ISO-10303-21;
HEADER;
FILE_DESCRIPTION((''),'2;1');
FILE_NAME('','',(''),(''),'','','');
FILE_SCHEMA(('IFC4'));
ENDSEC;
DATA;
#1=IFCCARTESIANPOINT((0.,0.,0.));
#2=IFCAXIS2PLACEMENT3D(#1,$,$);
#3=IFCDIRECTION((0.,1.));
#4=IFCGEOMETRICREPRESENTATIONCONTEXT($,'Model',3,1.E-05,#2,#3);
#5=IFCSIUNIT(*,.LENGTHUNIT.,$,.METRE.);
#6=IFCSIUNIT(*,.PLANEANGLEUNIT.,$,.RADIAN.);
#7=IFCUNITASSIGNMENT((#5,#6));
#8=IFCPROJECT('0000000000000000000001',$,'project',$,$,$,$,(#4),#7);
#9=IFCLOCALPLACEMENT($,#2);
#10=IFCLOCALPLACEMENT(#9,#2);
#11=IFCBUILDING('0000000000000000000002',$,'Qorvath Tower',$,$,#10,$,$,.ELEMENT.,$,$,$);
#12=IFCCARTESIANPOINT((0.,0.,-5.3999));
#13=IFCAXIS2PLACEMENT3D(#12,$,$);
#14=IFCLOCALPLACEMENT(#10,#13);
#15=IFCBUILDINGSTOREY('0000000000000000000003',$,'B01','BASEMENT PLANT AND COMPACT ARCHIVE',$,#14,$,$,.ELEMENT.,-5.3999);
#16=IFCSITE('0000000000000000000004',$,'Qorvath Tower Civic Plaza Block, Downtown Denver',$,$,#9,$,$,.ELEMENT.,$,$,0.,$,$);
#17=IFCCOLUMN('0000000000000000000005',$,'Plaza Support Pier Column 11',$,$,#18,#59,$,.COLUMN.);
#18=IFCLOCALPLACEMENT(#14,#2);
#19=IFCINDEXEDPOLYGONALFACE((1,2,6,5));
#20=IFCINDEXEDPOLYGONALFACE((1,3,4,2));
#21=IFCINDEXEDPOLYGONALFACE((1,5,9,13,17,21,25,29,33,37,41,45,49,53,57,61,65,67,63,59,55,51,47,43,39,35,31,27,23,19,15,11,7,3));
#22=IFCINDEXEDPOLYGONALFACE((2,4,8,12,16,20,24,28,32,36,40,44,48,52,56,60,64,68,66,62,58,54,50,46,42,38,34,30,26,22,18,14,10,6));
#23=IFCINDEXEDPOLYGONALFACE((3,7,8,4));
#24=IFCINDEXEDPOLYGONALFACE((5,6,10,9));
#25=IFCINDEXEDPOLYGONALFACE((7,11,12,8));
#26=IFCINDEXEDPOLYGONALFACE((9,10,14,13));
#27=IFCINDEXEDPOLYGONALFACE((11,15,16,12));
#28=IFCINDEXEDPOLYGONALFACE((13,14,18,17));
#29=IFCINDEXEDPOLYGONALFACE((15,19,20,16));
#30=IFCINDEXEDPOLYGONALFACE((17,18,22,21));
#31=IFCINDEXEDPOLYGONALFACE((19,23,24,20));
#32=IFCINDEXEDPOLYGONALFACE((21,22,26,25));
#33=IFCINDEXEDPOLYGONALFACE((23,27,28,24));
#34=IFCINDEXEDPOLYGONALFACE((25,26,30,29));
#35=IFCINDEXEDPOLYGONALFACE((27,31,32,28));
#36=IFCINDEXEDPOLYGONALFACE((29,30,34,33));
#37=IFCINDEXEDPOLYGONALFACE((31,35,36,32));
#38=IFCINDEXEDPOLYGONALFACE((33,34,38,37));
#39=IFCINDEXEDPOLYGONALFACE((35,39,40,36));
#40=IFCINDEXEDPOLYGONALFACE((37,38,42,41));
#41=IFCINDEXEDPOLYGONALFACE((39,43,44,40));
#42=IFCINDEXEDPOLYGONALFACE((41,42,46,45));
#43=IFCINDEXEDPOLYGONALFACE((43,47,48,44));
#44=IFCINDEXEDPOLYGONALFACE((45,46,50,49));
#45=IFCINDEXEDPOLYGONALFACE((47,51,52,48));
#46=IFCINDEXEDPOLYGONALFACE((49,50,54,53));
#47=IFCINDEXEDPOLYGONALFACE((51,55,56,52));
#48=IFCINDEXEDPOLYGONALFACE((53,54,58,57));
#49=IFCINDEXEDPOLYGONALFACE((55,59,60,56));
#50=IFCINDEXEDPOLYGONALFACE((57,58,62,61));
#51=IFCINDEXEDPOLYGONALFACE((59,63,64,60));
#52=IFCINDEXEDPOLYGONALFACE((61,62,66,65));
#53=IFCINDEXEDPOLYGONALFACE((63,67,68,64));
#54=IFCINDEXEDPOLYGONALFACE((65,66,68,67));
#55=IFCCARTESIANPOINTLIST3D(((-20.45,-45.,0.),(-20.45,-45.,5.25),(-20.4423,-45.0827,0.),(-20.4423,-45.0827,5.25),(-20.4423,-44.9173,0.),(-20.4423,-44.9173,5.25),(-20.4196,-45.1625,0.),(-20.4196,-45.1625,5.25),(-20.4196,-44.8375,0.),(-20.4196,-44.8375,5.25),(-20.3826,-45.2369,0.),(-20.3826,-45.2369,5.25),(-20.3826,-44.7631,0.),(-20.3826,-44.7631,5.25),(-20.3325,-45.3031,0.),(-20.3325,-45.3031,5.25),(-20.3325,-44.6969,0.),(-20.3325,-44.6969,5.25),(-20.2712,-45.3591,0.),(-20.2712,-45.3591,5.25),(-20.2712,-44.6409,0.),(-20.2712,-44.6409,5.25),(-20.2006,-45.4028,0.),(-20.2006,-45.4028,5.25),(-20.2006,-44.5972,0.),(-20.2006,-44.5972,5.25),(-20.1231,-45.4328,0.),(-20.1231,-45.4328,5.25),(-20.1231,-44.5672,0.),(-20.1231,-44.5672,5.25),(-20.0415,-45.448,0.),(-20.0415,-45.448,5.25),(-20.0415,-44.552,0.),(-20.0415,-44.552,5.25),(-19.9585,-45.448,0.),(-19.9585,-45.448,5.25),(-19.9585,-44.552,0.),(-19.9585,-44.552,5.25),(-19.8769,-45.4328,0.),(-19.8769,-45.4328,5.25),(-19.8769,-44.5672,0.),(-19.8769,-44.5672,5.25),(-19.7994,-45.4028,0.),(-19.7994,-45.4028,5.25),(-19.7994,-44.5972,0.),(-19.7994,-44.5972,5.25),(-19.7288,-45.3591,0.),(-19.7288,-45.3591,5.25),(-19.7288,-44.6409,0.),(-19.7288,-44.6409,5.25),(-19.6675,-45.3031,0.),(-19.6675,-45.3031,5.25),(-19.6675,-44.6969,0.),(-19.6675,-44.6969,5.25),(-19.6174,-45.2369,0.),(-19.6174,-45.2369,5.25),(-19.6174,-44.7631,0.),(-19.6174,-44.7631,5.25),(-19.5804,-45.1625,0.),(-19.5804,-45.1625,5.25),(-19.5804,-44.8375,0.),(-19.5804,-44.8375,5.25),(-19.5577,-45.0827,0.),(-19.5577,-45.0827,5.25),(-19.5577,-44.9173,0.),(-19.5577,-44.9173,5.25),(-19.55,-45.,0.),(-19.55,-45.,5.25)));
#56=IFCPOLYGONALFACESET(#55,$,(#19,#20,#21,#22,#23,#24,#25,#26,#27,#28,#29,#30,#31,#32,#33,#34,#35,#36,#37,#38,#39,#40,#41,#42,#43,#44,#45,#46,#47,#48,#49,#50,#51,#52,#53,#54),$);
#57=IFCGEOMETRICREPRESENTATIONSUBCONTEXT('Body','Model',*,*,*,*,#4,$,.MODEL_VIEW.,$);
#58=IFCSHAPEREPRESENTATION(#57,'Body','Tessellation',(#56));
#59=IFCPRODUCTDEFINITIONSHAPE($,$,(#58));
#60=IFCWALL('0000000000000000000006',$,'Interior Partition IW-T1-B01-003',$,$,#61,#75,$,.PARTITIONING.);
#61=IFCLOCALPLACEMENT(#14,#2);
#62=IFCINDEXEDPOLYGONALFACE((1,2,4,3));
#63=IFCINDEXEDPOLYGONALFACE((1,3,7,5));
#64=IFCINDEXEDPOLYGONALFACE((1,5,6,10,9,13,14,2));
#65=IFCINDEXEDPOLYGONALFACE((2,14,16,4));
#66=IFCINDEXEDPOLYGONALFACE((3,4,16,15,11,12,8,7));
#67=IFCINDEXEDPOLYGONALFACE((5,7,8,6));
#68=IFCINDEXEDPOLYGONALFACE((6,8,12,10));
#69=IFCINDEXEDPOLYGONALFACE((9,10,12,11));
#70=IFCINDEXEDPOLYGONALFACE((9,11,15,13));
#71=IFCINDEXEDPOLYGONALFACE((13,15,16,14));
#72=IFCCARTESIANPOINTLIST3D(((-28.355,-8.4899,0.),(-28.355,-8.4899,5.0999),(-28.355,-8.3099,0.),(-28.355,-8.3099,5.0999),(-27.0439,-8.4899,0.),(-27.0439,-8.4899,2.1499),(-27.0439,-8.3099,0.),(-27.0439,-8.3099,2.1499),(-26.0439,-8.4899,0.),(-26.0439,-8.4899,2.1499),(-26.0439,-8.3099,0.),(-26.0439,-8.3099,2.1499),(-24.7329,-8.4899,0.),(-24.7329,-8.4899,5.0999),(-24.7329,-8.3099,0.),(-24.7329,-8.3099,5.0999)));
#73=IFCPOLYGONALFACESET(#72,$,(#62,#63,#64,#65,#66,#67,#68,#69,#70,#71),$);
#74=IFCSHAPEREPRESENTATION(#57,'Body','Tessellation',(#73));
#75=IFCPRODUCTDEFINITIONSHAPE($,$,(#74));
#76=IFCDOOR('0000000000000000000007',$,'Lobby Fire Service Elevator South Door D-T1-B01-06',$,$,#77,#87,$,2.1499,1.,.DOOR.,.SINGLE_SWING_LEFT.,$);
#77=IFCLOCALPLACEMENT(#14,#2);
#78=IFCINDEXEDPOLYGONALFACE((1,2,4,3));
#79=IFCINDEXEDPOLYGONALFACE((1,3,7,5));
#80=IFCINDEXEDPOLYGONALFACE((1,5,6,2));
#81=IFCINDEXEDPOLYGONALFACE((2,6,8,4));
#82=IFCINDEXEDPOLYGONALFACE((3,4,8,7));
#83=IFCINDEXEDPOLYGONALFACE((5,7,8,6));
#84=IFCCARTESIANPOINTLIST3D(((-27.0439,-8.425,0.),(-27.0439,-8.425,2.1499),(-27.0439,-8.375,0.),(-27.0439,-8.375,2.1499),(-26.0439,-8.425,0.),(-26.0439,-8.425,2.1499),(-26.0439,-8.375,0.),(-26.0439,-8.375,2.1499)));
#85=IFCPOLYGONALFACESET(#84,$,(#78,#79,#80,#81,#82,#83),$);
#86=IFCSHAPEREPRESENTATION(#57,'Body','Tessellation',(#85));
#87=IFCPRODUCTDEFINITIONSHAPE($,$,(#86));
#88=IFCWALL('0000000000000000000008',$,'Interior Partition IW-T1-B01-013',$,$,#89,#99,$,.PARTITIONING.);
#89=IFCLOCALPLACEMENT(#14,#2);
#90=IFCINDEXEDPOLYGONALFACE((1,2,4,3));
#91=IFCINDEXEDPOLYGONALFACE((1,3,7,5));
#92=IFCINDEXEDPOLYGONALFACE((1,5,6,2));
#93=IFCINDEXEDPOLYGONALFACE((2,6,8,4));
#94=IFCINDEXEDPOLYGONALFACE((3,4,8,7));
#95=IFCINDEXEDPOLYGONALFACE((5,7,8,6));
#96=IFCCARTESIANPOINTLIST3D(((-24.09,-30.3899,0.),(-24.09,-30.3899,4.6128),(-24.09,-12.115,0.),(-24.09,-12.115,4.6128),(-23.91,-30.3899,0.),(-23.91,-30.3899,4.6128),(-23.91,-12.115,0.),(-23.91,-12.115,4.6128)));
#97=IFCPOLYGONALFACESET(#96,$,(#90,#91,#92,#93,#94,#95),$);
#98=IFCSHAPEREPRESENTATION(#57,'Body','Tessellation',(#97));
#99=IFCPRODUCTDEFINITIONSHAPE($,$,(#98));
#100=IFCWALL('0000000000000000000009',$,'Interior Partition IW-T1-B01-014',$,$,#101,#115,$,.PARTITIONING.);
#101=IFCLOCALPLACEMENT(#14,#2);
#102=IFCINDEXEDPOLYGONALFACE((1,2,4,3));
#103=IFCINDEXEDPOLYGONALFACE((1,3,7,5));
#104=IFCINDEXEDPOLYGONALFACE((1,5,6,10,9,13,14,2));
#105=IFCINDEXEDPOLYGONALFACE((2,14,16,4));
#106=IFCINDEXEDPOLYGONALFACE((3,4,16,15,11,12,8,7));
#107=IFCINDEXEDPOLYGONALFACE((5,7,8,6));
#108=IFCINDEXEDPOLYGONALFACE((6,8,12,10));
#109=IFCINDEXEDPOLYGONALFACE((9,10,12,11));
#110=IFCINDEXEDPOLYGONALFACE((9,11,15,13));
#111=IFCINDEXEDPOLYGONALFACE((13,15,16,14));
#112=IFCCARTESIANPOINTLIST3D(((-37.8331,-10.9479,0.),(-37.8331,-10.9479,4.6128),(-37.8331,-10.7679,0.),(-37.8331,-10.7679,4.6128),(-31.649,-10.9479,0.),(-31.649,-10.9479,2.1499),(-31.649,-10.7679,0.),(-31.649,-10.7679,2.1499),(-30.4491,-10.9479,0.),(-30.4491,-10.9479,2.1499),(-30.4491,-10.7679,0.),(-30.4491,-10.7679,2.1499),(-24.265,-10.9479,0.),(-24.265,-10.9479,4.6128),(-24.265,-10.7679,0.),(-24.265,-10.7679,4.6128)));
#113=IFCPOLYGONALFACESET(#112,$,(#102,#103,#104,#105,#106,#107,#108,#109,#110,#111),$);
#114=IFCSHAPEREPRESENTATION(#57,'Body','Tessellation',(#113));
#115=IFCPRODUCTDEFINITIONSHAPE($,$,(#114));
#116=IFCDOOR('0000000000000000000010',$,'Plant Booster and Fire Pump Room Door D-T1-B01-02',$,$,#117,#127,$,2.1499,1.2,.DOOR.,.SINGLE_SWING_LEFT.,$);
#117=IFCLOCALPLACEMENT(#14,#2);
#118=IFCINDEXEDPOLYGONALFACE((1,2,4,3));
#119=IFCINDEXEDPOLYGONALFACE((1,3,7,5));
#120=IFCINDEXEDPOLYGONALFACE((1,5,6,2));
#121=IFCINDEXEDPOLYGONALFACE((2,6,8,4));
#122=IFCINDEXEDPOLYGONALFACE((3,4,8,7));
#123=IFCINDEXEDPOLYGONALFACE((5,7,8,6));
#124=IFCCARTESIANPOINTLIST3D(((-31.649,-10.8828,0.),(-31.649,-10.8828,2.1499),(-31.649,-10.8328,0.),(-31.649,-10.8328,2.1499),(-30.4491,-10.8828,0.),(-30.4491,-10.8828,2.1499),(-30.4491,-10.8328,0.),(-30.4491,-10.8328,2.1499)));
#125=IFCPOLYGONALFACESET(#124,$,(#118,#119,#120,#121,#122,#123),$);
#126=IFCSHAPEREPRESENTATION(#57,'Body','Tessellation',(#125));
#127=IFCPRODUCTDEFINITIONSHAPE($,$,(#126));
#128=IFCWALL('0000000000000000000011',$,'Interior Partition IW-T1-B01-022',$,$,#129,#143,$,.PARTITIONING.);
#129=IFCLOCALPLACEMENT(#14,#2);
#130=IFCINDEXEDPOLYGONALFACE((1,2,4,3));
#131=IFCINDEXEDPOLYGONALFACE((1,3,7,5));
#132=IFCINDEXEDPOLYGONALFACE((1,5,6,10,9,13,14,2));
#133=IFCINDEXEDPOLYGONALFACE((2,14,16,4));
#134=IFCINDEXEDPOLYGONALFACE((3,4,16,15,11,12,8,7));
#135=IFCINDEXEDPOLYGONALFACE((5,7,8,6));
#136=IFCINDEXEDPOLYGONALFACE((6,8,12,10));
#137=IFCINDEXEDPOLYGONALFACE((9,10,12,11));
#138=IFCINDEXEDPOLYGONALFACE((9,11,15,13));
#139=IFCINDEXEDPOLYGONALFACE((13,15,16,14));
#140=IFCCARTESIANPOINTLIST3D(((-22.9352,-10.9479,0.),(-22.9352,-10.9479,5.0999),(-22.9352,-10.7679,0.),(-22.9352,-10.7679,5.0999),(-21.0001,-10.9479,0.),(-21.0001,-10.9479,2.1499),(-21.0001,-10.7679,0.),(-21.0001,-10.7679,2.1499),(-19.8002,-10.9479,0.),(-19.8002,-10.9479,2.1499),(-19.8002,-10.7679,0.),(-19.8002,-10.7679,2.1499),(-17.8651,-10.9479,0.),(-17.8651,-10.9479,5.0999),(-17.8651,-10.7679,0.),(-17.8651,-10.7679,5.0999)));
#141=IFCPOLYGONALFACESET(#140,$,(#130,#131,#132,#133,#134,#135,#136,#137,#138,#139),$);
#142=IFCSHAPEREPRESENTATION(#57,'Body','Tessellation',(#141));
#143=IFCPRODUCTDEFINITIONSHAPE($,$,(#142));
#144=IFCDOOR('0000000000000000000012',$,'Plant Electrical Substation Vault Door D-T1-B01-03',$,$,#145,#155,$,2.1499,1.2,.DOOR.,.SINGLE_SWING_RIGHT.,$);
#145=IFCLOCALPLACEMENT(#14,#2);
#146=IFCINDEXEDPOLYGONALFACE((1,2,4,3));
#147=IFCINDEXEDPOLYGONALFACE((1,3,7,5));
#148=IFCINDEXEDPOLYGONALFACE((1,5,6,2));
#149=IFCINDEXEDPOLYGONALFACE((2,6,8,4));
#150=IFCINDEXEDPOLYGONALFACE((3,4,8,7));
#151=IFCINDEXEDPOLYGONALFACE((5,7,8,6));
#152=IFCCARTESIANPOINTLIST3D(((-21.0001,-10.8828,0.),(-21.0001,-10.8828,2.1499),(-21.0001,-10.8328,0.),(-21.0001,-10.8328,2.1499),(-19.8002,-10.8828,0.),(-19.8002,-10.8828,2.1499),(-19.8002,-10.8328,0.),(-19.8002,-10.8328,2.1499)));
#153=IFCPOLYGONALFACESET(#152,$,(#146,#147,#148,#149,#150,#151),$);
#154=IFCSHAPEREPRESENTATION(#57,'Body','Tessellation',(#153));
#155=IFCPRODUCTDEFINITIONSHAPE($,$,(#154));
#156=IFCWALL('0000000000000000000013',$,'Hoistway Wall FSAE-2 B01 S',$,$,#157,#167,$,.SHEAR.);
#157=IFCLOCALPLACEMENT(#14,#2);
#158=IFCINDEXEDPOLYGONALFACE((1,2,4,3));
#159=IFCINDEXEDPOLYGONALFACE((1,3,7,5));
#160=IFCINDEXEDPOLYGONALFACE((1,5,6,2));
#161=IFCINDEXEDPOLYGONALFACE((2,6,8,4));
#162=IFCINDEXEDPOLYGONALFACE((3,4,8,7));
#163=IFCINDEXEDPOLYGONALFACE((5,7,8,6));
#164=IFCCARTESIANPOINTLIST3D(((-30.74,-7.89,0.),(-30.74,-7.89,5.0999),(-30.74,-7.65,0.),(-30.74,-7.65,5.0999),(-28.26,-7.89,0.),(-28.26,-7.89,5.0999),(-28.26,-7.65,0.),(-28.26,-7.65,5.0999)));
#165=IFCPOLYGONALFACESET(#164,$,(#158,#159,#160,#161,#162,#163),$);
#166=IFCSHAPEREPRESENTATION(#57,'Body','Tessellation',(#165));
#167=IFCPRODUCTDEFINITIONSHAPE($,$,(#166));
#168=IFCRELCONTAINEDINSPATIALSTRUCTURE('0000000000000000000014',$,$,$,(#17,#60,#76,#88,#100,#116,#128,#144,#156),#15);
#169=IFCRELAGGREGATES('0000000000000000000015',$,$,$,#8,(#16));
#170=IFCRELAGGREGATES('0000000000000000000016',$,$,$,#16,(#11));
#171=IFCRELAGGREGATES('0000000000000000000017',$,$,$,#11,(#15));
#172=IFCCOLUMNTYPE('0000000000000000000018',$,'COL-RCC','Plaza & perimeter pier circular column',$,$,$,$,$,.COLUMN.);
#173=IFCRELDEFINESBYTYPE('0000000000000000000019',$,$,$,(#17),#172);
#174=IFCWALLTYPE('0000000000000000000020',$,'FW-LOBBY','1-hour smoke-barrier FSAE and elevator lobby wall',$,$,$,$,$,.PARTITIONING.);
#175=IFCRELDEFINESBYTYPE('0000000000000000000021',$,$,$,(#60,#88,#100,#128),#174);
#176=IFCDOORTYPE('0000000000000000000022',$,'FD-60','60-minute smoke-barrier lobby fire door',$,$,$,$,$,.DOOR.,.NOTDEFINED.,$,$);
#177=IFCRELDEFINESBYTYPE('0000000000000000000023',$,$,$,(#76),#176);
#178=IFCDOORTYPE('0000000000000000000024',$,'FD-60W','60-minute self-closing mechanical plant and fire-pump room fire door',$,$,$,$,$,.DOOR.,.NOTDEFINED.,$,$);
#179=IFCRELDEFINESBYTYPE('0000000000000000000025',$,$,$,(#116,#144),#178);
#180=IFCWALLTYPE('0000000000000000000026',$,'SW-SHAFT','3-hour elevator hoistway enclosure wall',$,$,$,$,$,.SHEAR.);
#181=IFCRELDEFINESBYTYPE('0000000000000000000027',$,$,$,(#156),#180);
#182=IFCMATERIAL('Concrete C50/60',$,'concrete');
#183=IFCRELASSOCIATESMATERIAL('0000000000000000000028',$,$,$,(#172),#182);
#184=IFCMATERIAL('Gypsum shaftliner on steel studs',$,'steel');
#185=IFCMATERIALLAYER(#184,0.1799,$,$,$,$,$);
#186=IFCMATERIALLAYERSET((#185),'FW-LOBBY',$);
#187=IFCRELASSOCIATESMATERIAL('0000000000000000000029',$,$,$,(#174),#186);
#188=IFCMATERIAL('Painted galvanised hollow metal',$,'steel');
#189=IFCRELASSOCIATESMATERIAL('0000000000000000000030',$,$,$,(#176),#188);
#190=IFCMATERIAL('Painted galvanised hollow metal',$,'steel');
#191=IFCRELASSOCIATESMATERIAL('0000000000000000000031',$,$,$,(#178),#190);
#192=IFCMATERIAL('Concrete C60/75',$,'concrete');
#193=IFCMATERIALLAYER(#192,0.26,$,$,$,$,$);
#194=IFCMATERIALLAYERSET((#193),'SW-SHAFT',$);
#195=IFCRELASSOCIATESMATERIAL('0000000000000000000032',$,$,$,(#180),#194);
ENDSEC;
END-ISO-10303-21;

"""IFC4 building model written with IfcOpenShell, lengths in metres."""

from ifc_helpers import new_model, si_unit, direction, frame, frame_2d, origin, origin_2d, place, context, subcontext, project, spatial, rectangle, circle, extrude, material, layer, layer_set, material_profile, profile_set, type_object, element, fill, save


model = new_model("IFC4")

# Units and contexts
model_context = context("Model", 3, precision=1e-05, world=origin(), true_north=direction((0.0, 1.0)))
body_context = subcontext(model_context, "Body", "Model", "MODEL_VIEW")
ifc_project = project(units=[si_unit("LENGTHUNIT", "METRE"), si_unit("PLANEANGLEUNIT", "RADIAN")], contexts=[model_context])

# Site, building, storey
site_placement = place(None, origin())
site = spatial("IfcSite", under=ifc_project, at=site_placement, Name="Qorvath Tower Civic Plaza Block, Downtown Denver", CompositionType="ELEMENT", RefElevation=0.0)
building_placement = place(site_placement, origin())
building = spatial("IfcBuilding", under=site, at=building_placement, Name="Qorvath Tower", CompositionType="ELEMENT")
storey_placement = place(building_placement, frame((0.0, 0.0, -5.3999)))
storey = spatial("IfcBuildingStorey", under=building, at=storey_placement, Name="B01", Description="BASEMENT PLANT AND COMPACT ARCHIVE", CompositionType="ELEMENT", Elevation=-5.3999)

# Column
ifc_material_1 = material(Name="Concrete C50/60", Category="concrete")
ifc_material_profile_1 = material_profile(ifc_material_1, circle(Radius=0.45, at=origin_2d()), Name="RCC 900")
ifc_profile_set_1 = profile_set([ifc_material_profile_1], Name="Concrete C50/60")
column_type_1 = type_object("IfcColumnType", Name="COL-RCC", Description="Plaza & perimeter pier circular column", PredefinedType="COLUMN", material=ifc_profile_set_1)
column_placement = place(storey_placement, frame((-20.0, -45.0, 0.0), z_axis=(0.0, 0.0, 1.0), x_axis=(1.0, 0.0, 0.0)))
element("IfcColumn", 1, at=column_placement, inside=storey, type_object=column_type_1, Name="Plaza Support Pier Column 11", PredefinedType="COLUMN", context=body_context, shape_type="SweptSolid", body=[
    extrude(circle(Radius=0.45, at=origin_2d()), origin(), (0.0, 0.0, 1.0), 5.25),
])

# Wall, opening, door
ifc_material_2 = material(Name="Gypsum shaftliner on steel studs", Category="steel")
ifc_layer_1 = layer(ifc_material_2, 0.1799)
ifc_layer_set_1 = layer_set([ifc_layer_1], Name="FW-LOBBY")
wall_type_1 = type_object("IfcWallType", Name="FW-LOBBY", Description="1-hour smoke-barrier FSAE and elevator lobby wall", PredefinedType="PARTITIONING", material=ifc_layer_set_1)
wall_1_placement = place(storey_placement, frame((-28.355, -8.3999, 0.0), z_axis=(0.0, 0.0, 1.0), x_axis=(1.0, 0.0, 0.0)))
wall_1 = element("IfcWall", 2, at=wall_1_placement, inside=storey, type_object=wall_type_1, Name="Interior Partition IW-T1-B01-003", PredefinedType="PARTITIONING", context=body_context, shape_type="SweptSolid", body=[
    extrude(rectangle(XDim=3.6221, YDim=0.1799, at=frame_2d((1.811, 0.0))), origin(), (0.0, 0.0, 1.0), 5.0999),
])
opening_1_placement = place(wall_1_placement, frame((1.311, 0.0, 0.0)))
opening_1 = element("IfcOpeningElement", 3, at=opening_1_placement, cuts=wall_1, PredefinedType="OPENING", context=body_context, shape_type="SweptSolid", body=[
    extrude(rectangle(XDim=1.0, YDim=2.1499, at=frame_2d((0.5, 1.075))), frame((0.0, 0.1001, 0.0), z_axis=(0.0, -1.0, 0.0), x_axis=(1.0, 0.0, 0.0)), (0.0, 0.0, 1.0), 0.2),
])
ifc_material_3 = material(Name="Painted galvanised hollow metal", Category="steel")
door_type_1 = type_object("IfcDoorType", Name="FD-60", Description="60-minute smoke-barrier lobby fire door", OperationType="NOTDEFINED", PredefinedType="DOOR", material=ifc_material_3)
door_1_placement = place(opening_1_placement, origin())
door_1 = element("IfcDoor", 4, at=door_1_placement, inside=storey, type_object=door_type_1, Name="Lobby Fire Service Elevator South Door D-T1-B01-06", OperationType="SINGLE_SWING_LEFT", OverallHeight=2.1499, OverallWidth=1.0, PredefinedType="DOOR", context=body_context, shape_type="SweptSolid", body=[
    extrude(rectangle(XDim=1.0, YDim=2.1499, at=frame_2d((0.5, 1.075))), frame((0.0, 0.0249, 0.0), z_axis=(0.0, -1.0, 0.0), x_axis=(1.0, 0.0, 0.0)), (0.0, 0.0, 1.0), 0.05),
])
fill(opening_1, door_1)

# Wall
wall_2_placement = place(storey_placement, frame((-24.0, -30.3899, 0.0), z_axis=(0.0, 0.0, 1.0), x_axis=(0.0, 1.0, 0.0)))
element("IfcWall", 5, at=wall_2_placement, inside=storey, type_object=wall_type_1, Name="Interior Partition IW-T1-B01-013", PredefinedType="PARTITIONING", context=body_context, shape_type="SweptSolid", body=[
    extrude(rectangle(XDim=18.2749, YDim=0.1799, at=frame_2d((9.1375, 0.0))), origin(), (0.0, 0.0, 1.0), 4.6128),
])

# Walls, openings, doors
wall_3_placement = place(storey_placement, frame((-24.2649, -10.8579, 0.0), z_axis=(0.0, 0.0, 1.0), x_axis=(-1.0, 0.0, 0.0)))
wall_3 = element("IfcWall", 6, at=wall_3_placement, inside=storey, type_object=wall_type_1, Name="Interior Partition IW-T1-B01-014", PredefinedType="PARTITIONING", context=body_context, shape_type="SweptSolid", body=[
    extrude(rectangle(XDim=13.5681, YDim=0.1799, at=frame_2d((6.7842, 0.0))), origin(), (0.0, 0.0, 1.0), 4.6128),
])
opening_2_placement = place(wall_3_placement, frame((6.1841, 0.0, 0.0)))
opening_2 = element("IfcOpeningElement", 7, at=opening_2_placement, cuts=wall_3, PredefinedType="OPENING", context=body_context, shape_type="SweptSolid", body=[
    extrude(rectangle(XDim=1.2, YDim=2.1499, at=frame_2d((0.6001, 1.075))), frame((0.0, 0.1001, 0.0), z_axis=(0.0, -1.0, 0.0), x_axis=(1.0, 0.0, 0.0)), (0.0, 0.0, 1.0), 0.2),
])
ifc_material_4 = material(Name="Painted galvanised hollow metal", Category="steel")
door_type_2 = type_object("IfcDoorType", Name="FD-60W", Description="60-minute self-closing mechanical plant and fire-pump room fire door", OperationType="NOTDEFINED", PredefinedType="DOOR", material=ifc_material_4)
door_2_placement = place(opening_2_placement, origin())
door_2 = element("IfcDoor", 8, at=door_2_placement, inside=storey, type_object=door_type_2, Name="Plant Booster and Fire Pump Room Door D-T1-B01-02", OperationType="SINGLE_SWING_LEFT", OverallHeight=2.1499, OverallWidth=1.2, PredefinedType="DOOR", context=body_context, shape_type="SweptSolid", body=[
    extrude(rectangle(XDim=1.2, YDim=2.1499, at=frame_2d((0.6001, 1.075))), frame((0.0, 0.0249, 0.0), z_axis=(0.0, -1.0, 0.0), x_axis=(1.0, 0.0, 0.0)), (0.0, 0.0, 1.0), 0.05),
])
fill(opening_2, door_2)
wall_4_placement = place(storey_placement, frame((-17.865, -10.8579, 0.0), z_axis=(0.0, 0.0, 1.0), x_axis=(-1.0, 0.0, 0.0)))
wall_4 = element("IfcWall", 9, at=wall_4_placement, inside=storey, type_object=wall_type_1, Name="Interior Partition IW-T1-B01-022", PredefinedType="PARTITIONING", context=body_context, shape_type="SweptSolid", body=[
    extrude(rectangle(XDim=5.0701, YDim=0.1799, at=frame_2d((2.5352, 0.0))), origin(), (0.0, 0.0, 1.0), 5.0999),
])
opening_3_placement = place(wall_4_placement, frame((1.9351, 0.0, 0.0)))
opening_3 = element("IfcOpeningElement", 10, at=opening_3_placement, cuts=wall_4, PredefinedType="OPENING", context=body_context, shape_type="SweptSolid", body=[
    extrude(rectangle(XDim=1.2, YDim=2.1499, at=frame_2d((0.6001, 1.075))), frame((0.0, 0.1001, 0.0), z_axis=(0.0, -1.0, 0.0), x_axis=(1.0, 0.0, 0.0)), (0.0, 0.0, 1.0), 0.2),
])
door_3_placement = place(opening_3_placement, origin())
door_3 = element("IfcDoor", 11, at=door_3_placement, inside=storey, type_object=door_type_2, Name="Plant Electrical Substation Vault Door D-T1-B01-03", OperationType="SINGLE_SWING_RIGHT", OverallHeight=2.1499, OverallWidth=1.2, PredefinedType="DOOR", context=body_context, shape_type="SweptSolid", body=[
    extrude(rectangle(XDim=1.2, YDim=2.1499, at=frame_2d((0.6001, 1.075))), frame((0.0, 0.0249, 0.0), z_axis=(0.0, -1.0, 0.0), x_axis=(1.0, 0.0, 0.0)), (0.0, 0.0, 1.0), 0.05),
])
fill(opening_3, door_3)

# Wall
ifc_material_5 = material(Name="Concrete C60/75", Category="concrete")
ifc_layer_2 = layer(ifc_material_5, 0.26)
ifc_layer_set_2 = layer_set([ifc_layer_2], Name="SW-SHAFT")
wall_type_2 = type_object("IfcWallType", Name="SW-SHAFT", Description="3-hour elevator hoistway enclosure wall", PredefinedType="SHEAR", material=ifc_layer_set_2)
wall_5_placement = place(storey_placement, frame((-28.26, -7.77, 0.0), z_axis=(0.0, 0.0, 1.0), x_axis=(-1.0, 0.0, 0.0)))
element("IfcWall", 12, at=wall_5_placement, inside=storey, type_object=wall_type_2, Name="Hoistway Wall FSAE-2 B01 S", PredefinedType="SHEAR", context=body_context, shape_type="SweptSolid", body=[
    extrude(rectangle(XDim=2.48, YDim=0.24, at=frame_2d((1.24, 0.0))), origin(), (0.0, 0.0, 1.0), 5.0999),
])

save(model, "model.ifc")
